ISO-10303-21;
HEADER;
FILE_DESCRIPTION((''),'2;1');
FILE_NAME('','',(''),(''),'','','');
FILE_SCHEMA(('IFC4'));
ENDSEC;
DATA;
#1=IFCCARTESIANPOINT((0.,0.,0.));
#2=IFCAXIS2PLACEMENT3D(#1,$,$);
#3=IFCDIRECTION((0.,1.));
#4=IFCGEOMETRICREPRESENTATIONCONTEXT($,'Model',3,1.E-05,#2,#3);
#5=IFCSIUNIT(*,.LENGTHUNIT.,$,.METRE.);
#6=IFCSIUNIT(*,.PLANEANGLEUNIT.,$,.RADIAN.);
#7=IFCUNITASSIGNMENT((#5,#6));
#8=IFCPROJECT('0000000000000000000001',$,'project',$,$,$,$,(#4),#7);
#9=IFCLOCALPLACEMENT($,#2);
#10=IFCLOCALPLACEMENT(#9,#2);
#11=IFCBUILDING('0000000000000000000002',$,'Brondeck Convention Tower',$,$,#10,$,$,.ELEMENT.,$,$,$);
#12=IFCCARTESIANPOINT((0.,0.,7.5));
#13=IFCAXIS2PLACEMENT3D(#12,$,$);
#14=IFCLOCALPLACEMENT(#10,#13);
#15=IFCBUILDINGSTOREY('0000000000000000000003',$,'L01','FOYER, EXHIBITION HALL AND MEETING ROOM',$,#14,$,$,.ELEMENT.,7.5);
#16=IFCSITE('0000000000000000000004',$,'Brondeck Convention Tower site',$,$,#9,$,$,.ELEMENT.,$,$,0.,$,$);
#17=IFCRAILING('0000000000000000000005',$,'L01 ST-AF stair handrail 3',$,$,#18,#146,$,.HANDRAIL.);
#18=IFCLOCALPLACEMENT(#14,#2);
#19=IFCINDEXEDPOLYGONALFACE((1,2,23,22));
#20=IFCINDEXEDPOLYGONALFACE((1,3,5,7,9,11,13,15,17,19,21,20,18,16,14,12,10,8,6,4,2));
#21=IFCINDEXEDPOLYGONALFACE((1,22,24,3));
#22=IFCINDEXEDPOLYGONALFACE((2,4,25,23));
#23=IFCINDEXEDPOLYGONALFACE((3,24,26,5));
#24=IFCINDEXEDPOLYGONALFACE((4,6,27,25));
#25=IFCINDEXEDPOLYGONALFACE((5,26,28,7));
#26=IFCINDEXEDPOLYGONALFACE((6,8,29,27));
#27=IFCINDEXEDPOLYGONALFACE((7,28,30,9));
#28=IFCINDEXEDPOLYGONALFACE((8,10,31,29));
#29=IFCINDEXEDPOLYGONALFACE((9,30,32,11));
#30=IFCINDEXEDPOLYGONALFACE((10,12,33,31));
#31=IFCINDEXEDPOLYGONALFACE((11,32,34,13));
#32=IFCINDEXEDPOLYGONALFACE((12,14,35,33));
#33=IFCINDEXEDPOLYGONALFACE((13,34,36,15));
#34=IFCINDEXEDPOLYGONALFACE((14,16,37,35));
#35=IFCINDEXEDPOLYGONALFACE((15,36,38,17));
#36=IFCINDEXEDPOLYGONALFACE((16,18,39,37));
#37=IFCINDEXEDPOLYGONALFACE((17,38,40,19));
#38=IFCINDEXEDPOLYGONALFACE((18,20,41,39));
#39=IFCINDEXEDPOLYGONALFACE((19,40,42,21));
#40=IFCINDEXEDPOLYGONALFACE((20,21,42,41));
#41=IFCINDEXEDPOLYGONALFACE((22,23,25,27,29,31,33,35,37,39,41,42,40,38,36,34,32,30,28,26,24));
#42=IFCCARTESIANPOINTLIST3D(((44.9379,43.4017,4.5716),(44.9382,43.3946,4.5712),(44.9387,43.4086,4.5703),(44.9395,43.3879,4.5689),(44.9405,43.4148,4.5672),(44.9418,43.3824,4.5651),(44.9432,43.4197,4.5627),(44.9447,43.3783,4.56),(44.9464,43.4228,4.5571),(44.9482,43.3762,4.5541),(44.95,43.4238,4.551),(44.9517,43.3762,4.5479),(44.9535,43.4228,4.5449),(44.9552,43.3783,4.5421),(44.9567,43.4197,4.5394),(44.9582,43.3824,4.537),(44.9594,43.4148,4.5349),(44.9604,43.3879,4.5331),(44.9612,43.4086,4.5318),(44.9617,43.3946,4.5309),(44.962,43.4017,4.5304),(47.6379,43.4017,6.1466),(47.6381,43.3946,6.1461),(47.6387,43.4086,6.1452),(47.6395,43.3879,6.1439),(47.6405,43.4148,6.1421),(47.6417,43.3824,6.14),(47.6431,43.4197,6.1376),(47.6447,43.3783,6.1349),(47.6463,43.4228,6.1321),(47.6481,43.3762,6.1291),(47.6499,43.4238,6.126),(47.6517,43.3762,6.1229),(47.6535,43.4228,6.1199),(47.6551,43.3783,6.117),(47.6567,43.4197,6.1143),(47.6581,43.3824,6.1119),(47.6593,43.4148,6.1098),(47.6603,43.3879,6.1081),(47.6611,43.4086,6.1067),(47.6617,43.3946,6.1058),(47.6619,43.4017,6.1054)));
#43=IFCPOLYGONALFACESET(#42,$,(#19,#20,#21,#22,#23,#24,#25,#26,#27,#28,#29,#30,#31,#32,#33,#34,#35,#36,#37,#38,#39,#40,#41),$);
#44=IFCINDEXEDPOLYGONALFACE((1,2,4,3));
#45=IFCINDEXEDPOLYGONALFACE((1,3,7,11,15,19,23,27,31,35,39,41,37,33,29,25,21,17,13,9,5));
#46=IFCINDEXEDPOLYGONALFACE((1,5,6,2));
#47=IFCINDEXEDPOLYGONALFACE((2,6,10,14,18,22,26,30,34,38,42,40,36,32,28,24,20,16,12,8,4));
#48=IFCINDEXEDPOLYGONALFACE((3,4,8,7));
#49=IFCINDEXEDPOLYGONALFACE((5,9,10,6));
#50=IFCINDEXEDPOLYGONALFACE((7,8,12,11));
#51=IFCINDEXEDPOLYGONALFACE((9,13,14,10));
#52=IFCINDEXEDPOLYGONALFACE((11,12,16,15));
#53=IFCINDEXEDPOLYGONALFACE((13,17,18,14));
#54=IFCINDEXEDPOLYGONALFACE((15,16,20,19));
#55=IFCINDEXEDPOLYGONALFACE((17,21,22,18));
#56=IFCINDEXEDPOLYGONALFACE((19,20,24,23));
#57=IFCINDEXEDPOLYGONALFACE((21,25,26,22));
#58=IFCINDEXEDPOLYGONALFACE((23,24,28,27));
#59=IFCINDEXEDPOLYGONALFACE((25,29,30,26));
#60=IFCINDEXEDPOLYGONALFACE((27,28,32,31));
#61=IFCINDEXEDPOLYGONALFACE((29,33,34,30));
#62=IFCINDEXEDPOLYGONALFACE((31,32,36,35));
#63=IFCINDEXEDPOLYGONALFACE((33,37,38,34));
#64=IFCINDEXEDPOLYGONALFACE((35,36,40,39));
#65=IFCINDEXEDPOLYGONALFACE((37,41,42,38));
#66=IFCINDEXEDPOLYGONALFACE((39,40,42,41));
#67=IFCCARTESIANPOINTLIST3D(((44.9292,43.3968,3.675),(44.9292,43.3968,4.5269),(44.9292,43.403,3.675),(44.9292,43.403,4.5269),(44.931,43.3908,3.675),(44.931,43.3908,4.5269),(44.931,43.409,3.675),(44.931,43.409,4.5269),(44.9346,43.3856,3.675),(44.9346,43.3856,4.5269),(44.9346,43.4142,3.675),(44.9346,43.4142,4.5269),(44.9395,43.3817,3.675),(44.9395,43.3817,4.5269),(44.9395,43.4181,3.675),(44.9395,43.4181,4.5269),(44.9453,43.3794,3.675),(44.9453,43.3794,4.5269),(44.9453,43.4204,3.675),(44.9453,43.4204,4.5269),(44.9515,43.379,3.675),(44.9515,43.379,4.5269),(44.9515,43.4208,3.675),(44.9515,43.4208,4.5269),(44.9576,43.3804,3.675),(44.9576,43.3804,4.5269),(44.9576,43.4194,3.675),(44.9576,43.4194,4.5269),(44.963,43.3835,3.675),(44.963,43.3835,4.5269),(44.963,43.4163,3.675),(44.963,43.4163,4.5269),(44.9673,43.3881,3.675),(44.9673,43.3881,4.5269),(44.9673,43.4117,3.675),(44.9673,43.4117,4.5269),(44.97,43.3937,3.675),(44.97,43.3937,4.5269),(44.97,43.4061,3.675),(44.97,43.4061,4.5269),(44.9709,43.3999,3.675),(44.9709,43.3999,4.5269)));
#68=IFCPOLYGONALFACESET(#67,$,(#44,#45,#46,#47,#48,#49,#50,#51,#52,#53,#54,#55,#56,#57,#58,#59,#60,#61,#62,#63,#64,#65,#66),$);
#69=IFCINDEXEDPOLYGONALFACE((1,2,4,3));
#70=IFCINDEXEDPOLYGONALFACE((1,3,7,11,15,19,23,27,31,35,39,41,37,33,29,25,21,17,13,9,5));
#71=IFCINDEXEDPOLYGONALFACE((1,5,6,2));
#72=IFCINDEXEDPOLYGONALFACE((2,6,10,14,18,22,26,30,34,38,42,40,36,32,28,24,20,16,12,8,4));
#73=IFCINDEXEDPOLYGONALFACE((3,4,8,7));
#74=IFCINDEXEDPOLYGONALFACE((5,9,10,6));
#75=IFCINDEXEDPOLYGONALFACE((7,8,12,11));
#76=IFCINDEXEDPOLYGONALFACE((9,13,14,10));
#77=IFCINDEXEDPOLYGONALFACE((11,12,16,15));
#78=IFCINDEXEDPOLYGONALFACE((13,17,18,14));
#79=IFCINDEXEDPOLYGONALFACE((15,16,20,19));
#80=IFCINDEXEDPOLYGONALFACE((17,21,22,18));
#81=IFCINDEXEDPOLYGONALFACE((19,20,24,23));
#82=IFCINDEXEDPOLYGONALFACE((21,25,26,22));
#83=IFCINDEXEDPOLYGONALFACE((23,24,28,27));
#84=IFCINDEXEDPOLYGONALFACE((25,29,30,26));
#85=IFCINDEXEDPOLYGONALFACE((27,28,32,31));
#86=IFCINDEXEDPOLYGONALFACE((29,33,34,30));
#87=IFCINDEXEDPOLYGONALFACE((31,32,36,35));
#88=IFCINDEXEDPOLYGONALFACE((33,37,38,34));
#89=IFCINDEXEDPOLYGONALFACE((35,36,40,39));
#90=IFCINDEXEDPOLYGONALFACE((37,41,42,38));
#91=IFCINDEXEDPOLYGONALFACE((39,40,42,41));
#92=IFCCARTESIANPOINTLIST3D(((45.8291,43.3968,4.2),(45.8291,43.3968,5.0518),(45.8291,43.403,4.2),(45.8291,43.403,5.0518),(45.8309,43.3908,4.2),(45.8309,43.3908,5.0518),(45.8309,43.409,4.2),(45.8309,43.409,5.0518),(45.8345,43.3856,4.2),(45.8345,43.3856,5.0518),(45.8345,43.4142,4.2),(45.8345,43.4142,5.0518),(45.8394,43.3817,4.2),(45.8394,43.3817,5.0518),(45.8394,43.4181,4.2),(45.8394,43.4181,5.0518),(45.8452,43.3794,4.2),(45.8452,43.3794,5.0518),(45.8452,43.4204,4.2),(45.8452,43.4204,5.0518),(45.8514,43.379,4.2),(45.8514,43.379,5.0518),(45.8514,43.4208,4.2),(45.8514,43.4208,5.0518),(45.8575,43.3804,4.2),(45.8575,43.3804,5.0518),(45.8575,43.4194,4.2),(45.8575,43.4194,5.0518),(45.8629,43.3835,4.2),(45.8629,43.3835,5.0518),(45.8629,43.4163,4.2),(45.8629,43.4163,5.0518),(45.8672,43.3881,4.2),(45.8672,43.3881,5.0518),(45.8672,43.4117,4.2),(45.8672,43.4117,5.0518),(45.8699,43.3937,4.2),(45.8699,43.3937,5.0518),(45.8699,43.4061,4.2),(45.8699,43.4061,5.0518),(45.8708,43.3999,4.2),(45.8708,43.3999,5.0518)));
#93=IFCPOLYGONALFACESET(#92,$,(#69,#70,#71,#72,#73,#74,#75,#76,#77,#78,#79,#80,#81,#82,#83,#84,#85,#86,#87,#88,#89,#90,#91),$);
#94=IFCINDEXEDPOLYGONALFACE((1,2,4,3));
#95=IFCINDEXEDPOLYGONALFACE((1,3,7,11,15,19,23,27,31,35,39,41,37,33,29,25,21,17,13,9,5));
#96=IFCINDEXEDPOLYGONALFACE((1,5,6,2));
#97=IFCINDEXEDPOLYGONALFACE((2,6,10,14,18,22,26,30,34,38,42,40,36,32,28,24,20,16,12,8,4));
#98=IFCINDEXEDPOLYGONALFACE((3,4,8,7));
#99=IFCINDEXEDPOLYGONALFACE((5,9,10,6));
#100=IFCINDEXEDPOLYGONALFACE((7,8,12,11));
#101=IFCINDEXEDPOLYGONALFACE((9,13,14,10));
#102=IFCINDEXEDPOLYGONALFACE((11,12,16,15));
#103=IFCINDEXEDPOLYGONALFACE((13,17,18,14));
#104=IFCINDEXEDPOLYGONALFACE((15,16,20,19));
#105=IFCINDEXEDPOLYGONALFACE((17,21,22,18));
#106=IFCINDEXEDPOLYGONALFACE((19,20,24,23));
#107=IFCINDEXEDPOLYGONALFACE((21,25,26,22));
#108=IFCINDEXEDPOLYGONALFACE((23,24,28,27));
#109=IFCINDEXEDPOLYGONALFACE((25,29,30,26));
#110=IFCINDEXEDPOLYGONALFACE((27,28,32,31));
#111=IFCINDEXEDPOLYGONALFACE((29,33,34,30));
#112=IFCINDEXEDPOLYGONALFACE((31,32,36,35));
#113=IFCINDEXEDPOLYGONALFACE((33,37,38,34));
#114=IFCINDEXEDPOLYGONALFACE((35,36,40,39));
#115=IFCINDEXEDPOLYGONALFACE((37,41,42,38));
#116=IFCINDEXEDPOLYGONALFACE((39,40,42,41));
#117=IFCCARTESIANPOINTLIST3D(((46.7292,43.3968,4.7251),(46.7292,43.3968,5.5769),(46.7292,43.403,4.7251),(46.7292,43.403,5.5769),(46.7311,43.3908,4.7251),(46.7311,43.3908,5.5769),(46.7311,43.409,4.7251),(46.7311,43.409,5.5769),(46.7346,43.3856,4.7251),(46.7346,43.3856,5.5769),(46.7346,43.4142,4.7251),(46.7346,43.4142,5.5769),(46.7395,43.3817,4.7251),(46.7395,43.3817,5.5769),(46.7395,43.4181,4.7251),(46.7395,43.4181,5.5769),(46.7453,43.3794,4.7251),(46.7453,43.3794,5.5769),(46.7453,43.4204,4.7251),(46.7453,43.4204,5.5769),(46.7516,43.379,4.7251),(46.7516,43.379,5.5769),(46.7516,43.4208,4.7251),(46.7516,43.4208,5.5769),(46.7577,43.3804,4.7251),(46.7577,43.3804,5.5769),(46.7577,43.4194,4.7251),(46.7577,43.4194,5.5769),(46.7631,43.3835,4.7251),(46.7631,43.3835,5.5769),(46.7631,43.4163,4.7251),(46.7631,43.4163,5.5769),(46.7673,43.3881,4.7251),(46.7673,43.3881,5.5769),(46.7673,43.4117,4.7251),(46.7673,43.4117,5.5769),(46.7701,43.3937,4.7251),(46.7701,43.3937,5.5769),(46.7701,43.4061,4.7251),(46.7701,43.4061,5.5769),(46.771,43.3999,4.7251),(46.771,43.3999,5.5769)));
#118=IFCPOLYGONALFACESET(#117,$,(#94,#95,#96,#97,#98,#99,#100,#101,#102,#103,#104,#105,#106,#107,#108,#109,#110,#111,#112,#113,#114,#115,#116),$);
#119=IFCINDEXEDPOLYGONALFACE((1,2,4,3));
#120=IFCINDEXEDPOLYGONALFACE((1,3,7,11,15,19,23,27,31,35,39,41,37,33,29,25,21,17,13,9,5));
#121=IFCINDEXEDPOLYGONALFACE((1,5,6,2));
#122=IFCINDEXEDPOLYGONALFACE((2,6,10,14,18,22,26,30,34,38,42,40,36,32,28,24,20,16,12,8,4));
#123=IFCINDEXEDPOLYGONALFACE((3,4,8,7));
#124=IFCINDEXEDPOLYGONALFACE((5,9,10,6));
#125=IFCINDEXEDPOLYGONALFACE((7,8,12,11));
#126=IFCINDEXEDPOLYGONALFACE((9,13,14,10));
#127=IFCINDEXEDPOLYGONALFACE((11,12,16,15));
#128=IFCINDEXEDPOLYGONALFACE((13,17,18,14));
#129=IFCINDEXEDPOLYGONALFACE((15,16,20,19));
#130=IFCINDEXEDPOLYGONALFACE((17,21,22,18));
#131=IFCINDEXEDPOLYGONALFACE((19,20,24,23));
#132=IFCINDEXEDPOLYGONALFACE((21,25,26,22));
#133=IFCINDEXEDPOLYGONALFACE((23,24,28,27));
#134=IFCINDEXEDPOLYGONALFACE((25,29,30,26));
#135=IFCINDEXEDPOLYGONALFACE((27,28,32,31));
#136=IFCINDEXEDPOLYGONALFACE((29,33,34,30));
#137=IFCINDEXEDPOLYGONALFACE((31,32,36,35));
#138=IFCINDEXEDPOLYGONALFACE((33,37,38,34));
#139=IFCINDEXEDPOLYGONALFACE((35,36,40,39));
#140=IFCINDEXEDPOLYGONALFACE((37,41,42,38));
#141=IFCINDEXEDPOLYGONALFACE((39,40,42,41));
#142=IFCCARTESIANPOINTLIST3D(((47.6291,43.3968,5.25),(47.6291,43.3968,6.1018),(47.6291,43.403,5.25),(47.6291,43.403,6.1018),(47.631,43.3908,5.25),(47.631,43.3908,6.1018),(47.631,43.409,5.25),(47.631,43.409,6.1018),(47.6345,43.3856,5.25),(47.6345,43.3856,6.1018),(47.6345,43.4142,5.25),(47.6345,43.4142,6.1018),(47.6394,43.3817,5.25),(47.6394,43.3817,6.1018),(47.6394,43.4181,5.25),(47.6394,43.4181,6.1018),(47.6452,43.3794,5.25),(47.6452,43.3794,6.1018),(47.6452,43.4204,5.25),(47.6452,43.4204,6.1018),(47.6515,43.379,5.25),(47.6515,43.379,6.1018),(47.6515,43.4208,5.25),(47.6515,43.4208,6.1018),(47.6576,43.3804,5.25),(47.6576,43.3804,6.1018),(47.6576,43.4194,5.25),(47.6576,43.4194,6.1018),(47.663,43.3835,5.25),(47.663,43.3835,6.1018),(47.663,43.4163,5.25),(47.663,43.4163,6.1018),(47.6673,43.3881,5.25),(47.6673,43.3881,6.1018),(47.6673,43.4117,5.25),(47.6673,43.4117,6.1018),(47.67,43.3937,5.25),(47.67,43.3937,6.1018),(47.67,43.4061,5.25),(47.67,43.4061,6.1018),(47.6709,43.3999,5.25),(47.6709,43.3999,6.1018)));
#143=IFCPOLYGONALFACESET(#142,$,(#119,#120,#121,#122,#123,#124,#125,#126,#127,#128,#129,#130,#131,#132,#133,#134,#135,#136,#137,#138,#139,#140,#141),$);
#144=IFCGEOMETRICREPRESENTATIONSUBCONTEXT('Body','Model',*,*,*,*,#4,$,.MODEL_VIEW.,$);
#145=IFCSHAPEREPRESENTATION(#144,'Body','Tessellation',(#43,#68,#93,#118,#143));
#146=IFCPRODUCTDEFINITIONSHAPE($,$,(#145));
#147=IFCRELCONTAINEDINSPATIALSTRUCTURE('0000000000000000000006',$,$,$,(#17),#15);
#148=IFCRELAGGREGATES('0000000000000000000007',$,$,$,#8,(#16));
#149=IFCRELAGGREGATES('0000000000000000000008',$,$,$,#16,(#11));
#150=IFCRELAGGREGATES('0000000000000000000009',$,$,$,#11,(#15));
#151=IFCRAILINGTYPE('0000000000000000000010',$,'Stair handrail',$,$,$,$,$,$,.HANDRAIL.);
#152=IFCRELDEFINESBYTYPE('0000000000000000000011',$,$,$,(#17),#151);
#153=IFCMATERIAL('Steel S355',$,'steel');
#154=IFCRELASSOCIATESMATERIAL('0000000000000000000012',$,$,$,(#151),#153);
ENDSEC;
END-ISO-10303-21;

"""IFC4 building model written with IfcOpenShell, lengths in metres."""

from ifc_helpers import new_model, si_unit, direction, frame, origin, origin_2d, place, context, subcontext, project, spatial, circle, extrude, material, type_object, element, save


model = new_model("IFC4")

# Units and contexts
model_context = context("Model", 3, precision=1e-05, world=origin(), true_north=direction((0.0, 1.0)))
body_context = subcontext(model_context, "Body", "Model", "MODEL_VIEW")
ifc_project = project(units=[si_unit("LENGTHUNIT", "METRE"), si_unit("PLANEANGLEUNIT", "RADIAN")], contexts=[model_context])

# Site, building, storey
site_placement = place(None, origin())
site = spatial("IfcSite", under=ifc_project, at=site_placement, Name="Brondeck Convention Tower site", CompositionType="ELEMENT", RefElevation=0.0)
building_placement = place(site_placement, origin())
building = spatial("IfcBuilding", under=site, at=building_placement, Name="Brondeck Convention Tower", CompositionType="ELEMENT")
storey_placement = place(building_placement, frame((0.0, 0.0, 7.5)))
storey = spatial("IfcBuildingStorey", under=building, at=storey_placement, Name="L01", Description="FOYER, EXHIBITION HALL AND MEETING ROOM", CompositionType="ELEMENT", Elevation=7.5)

# Shared definitions
ifc_material_1 = material(Name="Steel S355", Category="steel")

# Railing
railing_type_1 = type_object("IfcRailingType", Name="Stair handrail", PredefinedType="HANDRAIL", material=ifc_material_1)
railing_1_placement = place(storey_placement, frame((44.95, 43.3999, 3.675)))
element("IfcRailing", 1, at=railing_1_placement, inside=storey, type_object=railing_type_1, Name="L01 ST-AF stair handrail 3", PredefinedType="HANDRAIL", context=body_context, shape_type="SweptSolid", body=[
    extrude(circle(Radius=0.0239, at=origin_2d()), frame((0.0, 0.0, 0.876), z_axis=(0.863782, 0.0, 0.503866), x_axis=(0.0, 1.0, 0.0)), (0.0, 0.0, 1.0), 3.1257),
    extrude(circle(Radius=0.021, at=origin_2d()), origin(), (0.0, 0.0, 1.0), 0.8518),
    extrude(circle(Radius=0.021, at=origin_2d()), frame((0.8999, 0.0, 0.5249)), (0.0, 0.0, 1.0), 0.8518),
    extrude(circle(Radius=0.021, at=origin_2d()), frame((1.8, 0.0, 1.05)), (0.0, 0.0, 1.0), 0.8518),
    extrude(circle(Radius=0.021, at=origin_2d()), frame((2.7, 0.0, 1.575)), (0.0, 0.0, 1.0), 0.8518),
])

save(model, "model.ifc")
